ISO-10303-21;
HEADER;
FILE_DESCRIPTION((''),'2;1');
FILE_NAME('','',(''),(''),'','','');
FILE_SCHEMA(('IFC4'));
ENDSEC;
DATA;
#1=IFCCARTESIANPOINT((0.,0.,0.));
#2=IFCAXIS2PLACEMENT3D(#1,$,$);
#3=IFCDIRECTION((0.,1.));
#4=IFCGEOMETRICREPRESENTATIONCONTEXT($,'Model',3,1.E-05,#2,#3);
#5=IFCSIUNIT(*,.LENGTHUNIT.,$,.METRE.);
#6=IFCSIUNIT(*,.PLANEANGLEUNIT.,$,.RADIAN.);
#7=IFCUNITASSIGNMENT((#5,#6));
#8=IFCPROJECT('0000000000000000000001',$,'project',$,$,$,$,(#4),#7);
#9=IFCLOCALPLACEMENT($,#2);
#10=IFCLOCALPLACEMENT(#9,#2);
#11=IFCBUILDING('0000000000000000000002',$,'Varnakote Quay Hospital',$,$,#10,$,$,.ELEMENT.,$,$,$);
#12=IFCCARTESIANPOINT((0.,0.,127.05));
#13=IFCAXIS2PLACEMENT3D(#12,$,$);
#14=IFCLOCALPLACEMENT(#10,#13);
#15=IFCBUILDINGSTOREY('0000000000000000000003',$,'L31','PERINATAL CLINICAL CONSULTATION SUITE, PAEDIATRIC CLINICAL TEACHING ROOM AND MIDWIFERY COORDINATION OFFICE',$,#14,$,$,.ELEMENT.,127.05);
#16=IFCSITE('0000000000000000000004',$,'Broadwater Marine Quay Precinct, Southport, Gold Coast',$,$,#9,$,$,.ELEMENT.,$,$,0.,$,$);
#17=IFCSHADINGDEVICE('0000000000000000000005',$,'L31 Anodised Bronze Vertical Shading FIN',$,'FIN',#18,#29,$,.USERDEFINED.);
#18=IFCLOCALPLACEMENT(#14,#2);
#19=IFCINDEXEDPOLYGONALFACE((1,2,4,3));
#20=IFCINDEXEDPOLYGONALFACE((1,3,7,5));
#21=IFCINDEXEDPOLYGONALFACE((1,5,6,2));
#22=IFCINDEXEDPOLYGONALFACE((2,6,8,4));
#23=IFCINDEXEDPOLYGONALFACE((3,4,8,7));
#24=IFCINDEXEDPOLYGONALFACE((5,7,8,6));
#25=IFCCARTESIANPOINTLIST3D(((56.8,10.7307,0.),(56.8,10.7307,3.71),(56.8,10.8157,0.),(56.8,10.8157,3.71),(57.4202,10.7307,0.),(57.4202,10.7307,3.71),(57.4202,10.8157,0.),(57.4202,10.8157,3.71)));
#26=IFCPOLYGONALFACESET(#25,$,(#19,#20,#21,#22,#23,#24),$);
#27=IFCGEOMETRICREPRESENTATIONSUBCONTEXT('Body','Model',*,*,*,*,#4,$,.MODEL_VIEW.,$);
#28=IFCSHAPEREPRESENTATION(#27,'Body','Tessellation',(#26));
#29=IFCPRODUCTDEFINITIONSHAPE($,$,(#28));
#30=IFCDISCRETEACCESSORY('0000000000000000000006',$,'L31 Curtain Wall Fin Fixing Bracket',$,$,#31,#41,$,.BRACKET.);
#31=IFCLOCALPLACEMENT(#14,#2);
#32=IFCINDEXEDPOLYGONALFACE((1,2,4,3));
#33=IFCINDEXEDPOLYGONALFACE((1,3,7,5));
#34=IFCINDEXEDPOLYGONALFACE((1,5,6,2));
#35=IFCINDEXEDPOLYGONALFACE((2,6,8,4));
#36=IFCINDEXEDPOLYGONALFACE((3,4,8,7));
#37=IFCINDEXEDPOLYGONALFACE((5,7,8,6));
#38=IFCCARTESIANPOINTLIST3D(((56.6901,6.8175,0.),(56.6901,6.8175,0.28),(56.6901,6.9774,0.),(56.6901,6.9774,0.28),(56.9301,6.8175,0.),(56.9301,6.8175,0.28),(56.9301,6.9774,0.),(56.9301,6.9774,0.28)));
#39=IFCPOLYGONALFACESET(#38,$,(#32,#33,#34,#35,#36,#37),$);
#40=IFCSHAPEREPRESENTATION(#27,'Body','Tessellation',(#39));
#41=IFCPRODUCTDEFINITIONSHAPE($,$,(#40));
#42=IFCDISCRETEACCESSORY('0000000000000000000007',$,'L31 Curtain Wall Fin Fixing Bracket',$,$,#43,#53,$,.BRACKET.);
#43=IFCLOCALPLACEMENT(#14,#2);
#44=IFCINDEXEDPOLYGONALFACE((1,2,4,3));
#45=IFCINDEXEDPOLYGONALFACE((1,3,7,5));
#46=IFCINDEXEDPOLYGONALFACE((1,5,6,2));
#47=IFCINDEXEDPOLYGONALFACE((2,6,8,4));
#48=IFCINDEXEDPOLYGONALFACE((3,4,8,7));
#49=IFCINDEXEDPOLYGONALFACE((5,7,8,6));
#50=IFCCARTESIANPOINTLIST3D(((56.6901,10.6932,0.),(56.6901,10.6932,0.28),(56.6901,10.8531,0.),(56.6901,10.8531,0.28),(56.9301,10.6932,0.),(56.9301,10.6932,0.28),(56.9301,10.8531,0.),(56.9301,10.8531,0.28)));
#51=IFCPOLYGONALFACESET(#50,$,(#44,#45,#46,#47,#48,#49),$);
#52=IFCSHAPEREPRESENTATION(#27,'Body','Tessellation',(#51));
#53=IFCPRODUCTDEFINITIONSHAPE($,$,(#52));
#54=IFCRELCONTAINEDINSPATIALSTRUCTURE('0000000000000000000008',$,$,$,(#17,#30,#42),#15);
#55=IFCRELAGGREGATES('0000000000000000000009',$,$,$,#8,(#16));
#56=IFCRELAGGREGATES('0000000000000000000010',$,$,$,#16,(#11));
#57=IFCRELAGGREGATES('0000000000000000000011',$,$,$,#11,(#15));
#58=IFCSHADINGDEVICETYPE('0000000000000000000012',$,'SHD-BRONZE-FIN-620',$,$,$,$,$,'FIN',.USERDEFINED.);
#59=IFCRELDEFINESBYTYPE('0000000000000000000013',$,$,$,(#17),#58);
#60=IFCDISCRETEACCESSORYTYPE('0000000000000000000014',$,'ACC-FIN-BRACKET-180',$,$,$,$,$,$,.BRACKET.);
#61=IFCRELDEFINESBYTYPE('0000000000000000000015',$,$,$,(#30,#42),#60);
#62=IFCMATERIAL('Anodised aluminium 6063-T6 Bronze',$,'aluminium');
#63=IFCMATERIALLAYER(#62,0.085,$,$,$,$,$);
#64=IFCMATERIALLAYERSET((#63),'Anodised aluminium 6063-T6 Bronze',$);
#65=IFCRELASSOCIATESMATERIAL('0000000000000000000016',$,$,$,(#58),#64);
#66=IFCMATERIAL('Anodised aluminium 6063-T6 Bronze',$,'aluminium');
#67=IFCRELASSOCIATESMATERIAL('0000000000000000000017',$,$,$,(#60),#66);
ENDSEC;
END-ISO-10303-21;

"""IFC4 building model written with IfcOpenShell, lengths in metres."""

from ifc_helpers import new_model, si_unit, direction, frame, origin, origin_2d, place, context, subcontext, project, spatial, rectangle, extrude, material, layer, layer_set, type_object, element, save


model = new_model("IFC4")

# Units and contexts
model_context = context("Model", 3, precision=1e-05, world=origin(), true_north=direction((0.0, 1.0)))
body_context = subcontext(model_context, "Body", "Model", "MODEL_VIEW")
ifc_project = project(units=[si_unit("LENGTHUNIT", "METRE"), si_unit("PLANEANGLEUNIT", "RADIAN")], contexts=[model_context])

# Site, building, storey
site_placement = place(None, origin())
site = spatial("IfcSite", under=ifc_project, at=site_placement, Name="Broadwater Marine Quay Precinct, Southport, Gold Coast", CompositionType="ELEMENT", RefElevation=0.0)
building_placement = place(site_placement, origin())
building = spatial("IfcBuilding", under=site, at=building_placement, Name="Varnakote Quay Hospital", CompositionType="ELEMENT")
storey_placement = place(building_placement, frame((0.0, 0.0, 127.05)))
storey = spatial("IfcBuildingStorey", under=building, at=storey_placement, Name="L31", Description="PERINATAL CLINICAL CONSULTATION SUITE, PAEDIATRIC CLINICAL TEACHING ROOM AND MIDWIFERY COORDINATION OFFICE", CompositionType="ELEMENT", Elevation=127.05)

# Shading device
ifc_material_1 = material(Name="Anodised aluminium 6063-T6 Bronze", Category="aluminium")
ifc_layer_1 = layer(ifc_material_1, 0.085)
ifc_layer_set_1 = layer_set([ifc_layer_1], Name="Anodised aluminium 6063-T6 Bronze")
shading_device_type = type_object("IfcShadingDeviceType", Name="SHD-BRONZE-FIN-620", ElementType="FIN", PredefinedType="USERDEFINED", material=ifc_layer_set_1)
for number, where, z_axis, x_axis, name in (
    (1, (57.1101, 10.7732, 0.0), (0.0, 0.0, 1.0), (-1.0, 0.0, 0.0), "L31 Anodised Bronze Vertical Shading FIN"),
):
    element("IfcShadingDevice", number, at=place(storey_placement, frame(where, z_axis=z_axis, x_axis=x_axis)), inside=storey, type_object=shading_device_type, Name=name, ObjectType="FIN", PredefinedType="USERDEFINED", context=body_context, shape_type="SweptSolid", body=[
        extrude(rectangle(XDim=0.6201, YDim=0.085, at=origin_2d()), origin(), (0.0, 0.0, 1.0), 3.71),
    ])

# Discrete accessories
ifc_material_2 = material(Name="Anodised aluminium 6063-T6 Bronze", Category="aluminium")
discrete_accessory_type = type_object("IfcDiscreteAccessoryType", Name="ACC-FIN-BRACKET-180", PredefinedType="BRACKET", material=ifc_material_2)
for number, where, z_axis, x_axis, name in (
    (2, (56.8101, 6.8975, 0.0), (0.0, 0.0, 1.0), (0.0, 1.0, 0.0), "L31 Curtain Wall Fin Fixing Bracket"),
    (3, (56.8101, 10.7732, 0.0), (0.0, 0.0, 1.0), (0.0, 1.0, 0.0), "L31 Curtain Wall Fin Fixing Bracket"),
):
    element("IfcDiscreteAccessory", number, at=place(storey_placement, frame(where, z_axis=z_axis, x_axis=x_axis)), inside=storey, type_object=discrete_accessory_type, Name=name, PredefinedType="BRACKET", context=body_context, shape_type="SweptSolid", body=[
        extrude(rectangle(XDim=0.1599, YDim=0.24, at=origin_2d()), origin(), (0.0, 0.0, 1.0), 0.28),
    ])

save(model, "model.ifc")
